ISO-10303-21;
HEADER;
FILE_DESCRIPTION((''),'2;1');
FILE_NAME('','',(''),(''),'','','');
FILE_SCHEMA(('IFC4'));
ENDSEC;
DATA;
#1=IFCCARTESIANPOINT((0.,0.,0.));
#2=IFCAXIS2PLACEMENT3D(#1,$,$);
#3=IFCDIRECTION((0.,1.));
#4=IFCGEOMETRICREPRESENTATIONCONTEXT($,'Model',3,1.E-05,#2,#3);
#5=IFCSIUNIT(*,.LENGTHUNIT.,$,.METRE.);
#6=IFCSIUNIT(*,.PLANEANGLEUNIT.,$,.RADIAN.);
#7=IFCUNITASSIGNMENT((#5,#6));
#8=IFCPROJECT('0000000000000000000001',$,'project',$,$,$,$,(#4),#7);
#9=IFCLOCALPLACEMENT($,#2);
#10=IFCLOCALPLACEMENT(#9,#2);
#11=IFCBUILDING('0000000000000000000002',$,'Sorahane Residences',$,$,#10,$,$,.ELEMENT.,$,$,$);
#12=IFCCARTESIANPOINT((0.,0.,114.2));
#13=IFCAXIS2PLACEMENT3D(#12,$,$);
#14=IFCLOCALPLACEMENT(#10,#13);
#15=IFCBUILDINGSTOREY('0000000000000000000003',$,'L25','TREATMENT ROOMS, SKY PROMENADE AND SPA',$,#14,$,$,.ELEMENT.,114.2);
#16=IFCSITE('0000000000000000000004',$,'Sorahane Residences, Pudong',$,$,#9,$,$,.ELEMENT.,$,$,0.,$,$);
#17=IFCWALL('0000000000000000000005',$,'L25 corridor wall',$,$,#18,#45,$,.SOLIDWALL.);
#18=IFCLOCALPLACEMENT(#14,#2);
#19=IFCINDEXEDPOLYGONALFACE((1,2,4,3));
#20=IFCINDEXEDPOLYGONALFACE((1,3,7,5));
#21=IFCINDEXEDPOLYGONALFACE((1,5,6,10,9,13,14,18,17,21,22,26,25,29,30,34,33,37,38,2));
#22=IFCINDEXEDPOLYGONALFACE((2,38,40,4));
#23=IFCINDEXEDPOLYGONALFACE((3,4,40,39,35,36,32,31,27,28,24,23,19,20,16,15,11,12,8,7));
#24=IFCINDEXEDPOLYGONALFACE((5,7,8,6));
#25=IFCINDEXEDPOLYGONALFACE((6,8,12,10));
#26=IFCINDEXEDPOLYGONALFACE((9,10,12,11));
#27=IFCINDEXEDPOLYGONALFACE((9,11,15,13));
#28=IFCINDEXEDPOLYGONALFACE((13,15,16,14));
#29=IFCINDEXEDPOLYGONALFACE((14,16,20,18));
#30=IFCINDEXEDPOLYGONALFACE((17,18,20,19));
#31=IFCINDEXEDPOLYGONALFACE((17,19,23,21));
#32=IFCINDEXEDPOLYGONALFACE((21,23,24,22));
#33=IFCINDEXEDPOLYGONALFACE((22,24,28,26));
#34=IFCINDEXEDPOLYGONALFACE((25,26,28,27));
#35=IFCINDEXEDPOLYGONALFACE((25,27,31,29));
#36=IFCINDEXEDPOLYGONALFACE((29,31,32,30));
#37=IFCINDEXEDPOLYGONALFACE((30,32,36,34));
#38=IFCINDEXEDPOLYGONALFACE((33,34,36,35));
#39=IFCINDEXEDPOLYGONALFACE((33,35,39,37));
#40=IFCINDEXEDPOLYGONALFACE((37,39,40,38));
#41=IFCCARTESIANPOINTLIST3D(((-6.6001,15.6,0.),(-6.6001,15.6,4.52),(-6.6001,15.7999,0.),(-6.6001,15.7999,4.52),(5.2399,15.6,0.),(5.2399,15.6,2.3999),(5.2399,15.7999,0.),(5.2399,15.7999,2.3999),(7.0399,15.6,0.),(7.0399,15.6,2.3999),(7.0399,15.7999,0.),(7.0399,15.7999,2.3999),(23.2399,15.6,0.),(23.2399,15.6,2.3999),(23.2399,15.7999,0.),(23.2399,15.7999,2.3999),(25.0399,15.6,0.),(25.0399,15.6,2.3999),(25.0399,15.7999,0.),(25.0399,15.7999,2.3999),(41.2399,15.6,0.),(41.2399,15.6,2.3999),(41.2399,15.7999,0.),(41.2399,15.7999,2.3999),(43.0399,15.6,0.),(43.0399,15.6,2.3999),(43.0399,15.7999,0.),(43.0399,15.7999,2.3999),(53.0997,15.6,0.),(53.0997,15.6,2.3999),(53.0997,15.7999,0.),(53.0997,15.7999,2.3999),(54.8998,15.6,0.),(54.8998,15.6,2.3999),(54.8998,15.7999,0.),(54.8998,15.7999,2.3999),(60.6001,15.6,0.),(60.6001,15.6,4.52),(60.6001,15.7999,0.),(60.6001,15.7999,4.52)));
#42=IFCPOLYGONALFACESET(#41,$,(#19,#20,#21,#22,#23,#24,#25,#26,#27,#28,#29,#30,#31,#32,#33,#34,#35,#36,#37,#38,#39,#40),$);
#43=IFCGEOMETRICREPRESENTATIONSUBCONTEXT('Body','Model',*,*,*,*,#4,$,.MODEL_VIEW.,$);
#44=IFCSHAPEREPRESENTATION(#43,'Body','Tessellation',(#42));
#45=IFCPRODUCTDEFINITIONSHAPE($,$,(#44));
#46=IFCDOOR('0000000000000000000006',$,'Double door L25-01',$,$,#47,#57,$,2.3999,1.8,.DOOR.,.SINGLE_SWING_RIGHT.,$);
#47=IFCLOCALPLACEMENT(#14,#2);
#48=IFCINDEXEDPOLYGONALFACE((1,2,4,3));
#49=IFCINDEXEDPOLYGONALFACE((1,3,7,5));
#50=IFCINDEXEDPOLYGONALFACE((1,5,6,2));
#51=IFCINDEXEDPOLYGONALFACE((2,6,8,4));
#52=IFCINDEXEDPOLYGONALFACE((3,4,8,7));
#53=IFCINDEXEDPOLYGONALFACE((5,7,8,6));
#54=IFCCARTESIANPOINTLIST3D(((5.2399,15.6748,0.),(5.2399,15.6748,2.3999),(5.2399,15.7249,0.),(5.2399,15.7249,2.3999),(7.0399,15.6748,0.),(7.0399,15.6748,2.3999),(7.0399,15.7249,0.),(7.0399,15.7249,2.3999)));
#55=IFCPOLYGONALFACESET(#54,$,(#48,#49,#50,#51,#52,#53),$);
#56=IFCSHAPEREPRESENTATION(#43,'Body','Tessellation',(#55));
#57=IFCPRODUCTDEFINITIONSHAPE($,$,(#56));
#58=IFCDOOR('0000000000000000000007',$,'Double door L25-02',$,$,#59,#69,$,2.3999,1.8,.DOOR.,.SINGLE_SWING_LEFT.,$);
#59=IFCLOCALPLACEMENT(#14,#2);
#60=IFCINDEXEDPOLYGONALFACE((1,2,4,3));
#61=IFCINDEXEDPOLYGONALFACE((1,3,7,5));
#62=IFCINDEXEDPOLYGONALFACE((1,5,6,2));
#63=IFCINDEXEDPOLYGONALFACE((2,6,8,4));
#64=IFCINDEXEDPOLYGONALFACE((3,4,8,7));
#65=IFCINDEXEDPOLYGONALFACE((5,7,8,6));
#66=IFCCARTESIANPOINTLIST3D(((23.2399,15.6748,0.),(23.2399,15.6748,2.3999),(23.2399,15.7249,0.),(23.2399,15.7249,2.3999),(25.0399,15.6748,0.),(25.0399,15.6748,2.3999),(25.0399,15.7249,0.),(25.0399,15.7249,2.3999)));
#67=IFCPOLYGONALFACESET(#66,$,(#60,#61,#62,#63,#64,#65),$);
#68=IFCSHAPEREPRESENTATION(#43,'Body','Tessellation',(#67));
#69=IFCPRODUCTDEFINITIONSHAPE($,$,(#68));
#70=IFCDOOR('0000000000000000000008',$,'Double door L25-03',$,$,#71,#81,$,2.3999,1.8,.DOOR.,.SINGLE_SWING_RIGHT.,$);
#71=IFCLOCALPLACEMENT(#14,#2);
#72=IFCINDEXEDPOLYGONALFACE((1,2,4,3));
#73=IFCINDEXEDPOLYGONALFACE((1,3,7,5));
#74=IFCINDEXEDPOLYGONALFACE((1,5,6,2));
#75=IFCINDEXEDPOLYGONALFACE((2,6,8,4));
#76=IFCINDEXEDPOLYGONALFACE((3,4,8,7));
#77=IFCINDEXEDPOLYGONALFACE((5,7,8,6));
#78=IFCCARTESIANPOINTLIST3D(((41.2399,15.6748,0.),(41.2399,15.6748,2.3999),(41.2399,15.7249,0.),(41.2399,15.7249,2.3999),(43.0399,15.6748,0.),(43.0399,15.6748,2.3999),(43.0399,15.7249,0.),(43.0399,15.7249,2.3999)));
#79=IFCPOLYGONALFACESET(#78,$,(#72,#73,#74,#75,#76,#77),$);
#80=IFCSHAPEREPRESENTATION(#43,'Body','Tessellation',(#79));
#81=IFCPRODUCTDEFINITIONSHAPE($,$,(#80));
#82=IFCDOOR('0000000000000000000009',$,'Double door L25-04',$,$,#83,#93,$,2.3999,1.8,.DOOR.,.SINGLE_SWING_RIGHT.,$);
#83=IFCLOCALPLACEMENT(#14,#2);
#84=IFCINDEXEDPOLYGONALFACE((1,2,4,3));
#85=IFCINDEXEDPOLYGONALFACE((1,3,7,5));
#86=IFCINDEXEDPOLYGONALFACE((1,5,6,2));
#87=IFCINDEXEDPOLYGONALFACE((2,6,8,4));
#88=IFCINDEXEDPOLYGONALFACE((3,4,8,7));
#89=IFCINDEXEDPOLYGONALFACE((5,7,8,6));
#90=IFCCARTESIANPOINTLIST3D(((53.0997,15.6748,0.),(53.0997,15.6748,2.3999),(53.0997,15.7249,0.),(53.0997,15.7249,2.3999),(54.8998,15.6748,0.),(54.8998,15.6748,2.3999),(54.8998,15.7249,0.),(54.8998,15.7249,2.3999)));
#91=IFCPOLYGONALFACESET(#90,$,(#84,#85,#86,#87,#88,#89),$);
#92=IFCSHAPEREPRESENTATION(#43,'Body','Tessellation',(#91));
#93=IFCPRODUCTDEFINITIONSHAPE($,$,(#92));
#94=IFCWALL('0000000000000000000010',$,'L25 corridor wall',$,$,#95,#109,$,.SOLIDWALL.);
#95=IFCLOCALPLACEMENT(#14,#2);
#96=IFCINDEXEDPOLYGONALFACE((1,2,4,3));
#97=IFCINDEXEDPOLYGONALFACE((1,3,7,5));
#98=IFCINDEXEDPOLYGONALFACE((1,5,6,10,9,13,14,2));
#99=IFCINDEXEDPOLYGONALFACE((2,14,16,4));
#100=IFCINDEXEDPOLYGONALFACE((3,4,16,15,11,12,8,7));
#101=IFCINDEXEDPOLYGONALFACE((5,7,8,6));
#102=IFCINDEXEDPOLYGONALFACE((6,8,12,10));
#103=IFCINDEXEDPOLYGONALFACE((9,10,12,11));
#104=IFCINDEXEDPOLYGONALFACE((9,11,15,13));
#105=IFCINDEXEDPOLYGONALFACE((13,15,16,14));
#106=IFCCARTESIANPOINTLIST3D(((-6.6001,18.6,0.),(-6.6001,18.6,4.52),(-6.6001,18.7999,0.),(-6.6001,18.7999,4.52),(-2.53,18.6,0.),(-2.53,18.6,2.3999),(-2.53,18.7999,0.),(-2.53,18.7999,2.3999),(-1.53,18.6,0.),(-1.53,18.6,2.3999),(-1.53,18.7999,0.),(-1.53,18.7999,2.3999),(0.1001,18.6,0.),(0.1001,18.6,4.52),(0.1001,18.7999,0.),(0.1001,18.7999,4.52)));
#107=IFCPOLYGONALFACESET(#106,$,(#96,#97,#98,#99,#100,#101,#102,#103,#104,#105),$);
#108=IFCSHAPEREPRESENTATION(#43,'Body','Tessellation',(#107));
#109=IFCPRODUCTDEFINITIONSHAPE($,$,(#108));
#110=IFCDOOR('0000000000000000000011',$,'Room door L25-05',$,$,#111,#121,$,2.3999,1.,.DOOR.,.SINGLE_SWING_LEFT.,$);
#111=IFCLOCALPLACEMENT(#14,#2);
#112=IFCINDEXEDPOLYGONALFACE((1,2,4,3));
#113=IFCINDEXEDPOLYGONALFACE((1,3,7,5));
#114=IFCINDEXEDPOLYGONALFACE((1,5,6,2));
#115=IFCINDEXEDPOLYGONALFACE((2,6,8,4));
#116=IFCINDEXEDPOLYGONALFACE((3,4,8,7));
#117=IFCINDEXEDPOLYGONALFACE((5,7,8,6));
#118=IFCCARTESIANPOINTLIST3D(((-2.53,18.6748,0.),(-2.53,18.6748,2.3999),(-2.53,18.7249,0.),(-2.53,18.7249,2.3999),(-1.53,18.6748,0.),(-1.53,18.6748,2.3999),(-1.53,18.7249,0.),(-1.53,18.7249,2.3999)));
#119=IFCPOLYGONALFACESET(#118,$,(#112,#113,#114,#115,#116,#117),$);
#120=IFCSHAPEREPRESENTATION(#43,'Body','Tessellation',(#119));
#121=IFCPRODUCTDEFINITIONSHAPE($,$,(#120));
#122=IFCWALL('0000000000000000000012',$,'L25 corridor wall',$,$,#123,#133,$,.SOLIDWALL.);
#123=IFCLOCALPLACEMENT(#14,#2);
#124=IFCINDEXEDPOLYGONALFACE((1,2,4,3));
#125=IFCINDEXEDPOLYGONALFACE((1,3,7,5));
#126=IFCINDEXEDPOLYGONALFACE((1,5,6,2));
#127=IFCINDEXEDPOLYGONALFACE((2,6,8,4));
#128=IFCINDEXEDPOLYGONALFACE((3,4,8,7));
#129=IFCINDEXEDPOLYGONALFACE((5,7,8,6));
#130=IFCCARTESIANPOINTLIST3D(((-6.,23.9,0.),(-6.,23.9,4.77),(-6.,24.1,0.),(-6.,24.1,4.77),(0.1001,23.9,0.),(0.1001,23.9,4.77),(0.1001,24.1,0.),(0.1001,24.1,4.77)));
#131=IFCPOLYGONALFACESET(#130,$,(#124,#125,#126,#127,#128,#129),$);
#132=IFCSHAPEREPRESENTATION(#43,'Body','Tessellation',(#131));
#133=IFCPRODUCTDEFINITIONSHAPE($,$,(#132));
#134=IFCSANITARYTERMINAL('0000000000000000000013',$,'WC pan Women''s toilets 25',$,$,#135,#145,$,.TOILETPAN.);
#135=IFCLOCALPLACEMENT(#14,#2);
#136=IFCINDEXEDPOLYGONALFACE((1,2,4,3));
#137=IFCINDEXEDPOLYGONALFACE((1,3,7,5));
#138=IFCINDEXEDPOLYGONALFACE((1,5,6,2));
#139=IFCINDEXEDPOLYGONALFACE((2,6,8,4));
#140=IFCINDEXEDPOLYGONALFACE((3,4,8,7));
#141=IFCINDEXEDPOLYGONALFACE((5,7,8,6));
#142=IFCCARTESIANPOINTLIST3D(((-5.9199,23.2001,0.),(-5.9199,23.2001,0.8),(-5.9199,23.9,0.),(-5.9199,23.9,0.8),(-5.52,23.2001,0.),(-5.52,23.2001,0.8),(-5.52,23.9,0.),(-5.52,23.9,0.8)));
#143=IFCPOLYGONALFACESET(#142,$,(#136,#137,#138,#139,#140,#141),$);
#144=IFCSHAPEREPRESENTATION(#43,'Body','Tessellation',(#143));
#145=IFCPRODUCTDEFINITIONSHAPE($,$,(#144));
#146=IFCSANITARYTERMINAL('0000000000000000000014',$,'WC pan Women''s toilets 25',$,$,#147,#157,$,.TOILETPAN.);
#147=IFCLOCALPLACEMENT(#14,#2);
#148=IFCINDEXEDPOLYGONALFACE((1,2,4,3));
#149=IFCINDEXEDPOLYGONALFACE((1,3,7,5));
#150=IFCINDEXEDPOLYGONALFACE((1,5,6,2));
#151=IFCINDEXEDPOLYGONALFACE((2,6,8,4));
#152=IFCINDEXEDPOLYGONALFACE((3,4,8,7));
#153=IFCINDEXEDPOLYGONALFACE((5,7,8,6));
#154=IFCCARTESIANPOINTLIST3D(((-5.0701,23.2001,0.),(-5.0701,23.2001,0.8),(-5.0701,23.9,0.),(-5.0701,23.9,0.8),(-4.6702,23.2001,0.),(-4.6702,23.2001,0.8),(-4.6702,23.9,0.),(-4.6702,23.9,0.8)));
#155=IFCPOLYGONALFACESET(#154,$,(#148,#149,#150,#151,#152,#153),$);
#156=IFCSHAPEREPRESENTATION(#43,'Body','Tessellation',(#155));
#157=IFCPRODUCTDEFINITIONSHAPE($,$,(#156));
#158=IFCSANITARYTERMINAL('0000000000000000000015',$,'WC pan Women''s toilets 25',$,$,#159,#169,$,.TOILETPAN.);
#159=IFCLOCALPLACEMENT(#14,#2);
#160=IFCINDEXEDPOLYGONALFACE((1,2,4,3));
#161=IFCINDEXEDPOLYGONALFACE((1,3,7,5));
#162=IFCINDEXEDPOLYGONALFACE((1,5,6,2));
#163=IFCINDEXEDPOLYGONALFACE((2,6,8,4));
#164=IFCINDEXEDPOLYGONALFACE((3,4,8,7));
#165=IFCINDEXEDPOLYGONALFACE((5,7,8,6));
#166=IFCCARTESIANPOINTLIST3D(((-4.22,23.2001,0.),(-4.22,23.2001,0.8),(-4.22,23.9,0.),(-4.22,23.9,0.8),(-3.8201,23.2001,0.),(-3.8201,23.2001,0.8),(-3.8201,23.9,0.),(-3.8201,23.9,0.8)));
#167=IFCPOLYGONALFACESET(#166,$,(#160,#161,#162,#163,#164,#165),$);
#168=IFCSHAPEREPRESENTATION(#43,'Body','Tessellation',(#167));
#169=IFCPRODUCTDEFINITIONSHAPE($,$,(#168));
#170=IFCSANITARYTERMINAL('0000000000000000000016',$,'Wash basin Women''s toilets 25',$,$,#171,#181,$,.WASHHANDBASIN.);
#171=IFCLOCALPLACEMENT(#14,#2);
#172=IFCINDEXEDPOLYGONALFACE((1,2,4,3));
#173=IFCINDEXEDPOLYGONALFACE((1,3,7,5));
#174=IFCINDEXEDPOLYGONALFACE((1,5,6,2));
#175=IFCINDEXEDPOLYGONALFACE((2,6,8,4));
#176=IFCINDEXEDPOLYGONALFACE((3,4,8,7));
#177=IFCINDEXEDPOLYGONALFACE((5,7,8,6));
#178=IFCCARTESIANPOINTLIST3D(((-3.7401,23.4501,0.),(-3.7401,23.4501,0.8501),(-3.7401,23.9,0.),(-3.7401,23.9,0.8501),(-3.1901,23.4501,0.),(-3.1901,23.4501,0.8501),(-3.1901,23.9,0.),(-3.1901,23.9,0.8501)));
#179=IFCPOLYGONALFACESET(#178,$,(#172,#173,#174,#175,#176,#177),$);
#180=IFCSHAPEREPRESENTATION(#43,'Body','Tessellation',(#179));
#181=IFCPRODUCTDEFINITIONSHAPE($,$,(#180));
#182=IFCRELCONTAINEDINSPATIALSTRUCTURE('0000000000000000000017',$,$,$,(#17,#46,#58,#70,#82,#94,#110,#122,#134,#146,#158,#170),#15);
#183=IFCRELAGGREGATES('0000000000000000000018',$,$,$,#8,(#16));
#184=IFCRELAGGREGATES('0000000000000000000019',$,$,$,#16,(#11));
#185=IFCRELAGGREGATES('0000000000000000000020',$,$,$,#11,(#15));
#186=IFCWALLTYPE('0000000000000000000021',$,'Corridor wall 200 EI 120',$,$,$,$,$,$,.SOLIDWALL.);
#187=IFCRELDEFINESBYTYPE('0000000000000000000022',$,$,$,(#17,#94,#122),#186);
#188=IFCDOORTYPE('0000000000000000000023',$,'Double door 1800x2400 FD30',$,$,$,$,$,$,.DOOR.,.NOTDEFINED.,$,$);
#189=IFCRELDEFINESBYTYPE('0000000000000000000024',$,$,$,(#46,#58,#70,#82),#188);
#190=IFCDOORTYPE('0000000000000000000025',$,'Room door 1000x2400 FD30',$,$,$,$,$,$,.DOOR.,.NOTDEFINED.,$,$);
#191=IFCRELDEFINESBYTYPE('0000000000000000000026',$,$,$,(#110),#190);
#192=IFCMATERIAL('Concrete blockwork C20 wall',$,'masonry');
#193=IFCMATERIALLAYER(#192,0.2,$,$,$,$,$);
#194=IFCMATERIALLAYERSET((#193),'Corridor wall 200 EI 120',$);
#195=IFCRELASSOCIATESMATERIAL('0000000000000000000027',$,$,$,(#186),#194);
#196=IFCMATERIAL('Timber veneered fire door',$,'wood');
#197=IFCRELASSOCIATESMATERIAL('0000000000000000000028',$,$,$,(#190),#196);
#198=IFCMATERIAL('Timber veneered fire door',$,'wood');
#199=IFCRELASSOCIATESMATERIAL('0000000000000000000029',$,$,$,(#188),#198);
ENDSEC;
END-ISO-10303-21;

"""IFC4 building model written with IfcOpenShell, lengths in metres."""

from ifc_helpers import new_model, si_unit, direction, frame, frame_2d, origin, origin_2d, place, context, subcontext, project, spatial, rectangle, extrude, material, layer, layer_set, type_object, element, fill, save


model = new_model("IFC4")

# Units and contexts
model_context = context("Model", 3, precision=1e-05, world=origin(), true_north=direction((0.0, 1.0)))
body_context = subcontext(model_context, "Body", "Model", "MODEL_VIEW")
ifc_project = project(units=[si_unit("LENGTHUNIT", "METRE"), si_unit("PLANEANGLEUNIT", "RADIAN")], contexts=[model_context])

# Site, building, storey
site_placement = place(None, origin())
site = spatial("IfcSite", under=ifc_project, at=site_placement, Name="Sorahane Residences, Pudong", CompositionType="ELEMENT", RefElevation=0.0)
building_placement = place(site_placement, origin())
building = spatial("IfcBuilding", under=site, at=building_placement, Name="Sorahane Residences", CompositionType="ELEMENT")
storey_placement = place(building_placement, frame((0.0, 0.0, 114.2)))
storey = spatial("IfcBuildingStorey", under=building, at=storey_placement, Name="L25", Description="TREATMENT ROOMS, SKY PROMENADE AND SPA", CompositionType="ELEMENT", Elevation=114.2)

# Wall, openings, doors
ifc_material_1 = material(Name="Concrete blockwork C20 wall", Category="masonry")
ifc_layer_1 = layer(ifc_material_1, 0.2)
ifc_layer_set_1 = layer_set([ifc_layer_1], Name="Corridor wall 200 EI 120")
wall_type = type_object("IfcWallType", Name="Corridor wall 200 EI 120", PredefinedType="SOLIDWALL", material=ifc_layer_set_1)
ifc_material_2 = material(Name="Timber veneered fire door", Category="wood")
door_type_1 = type_object("IfcDoorType", Name="Room door 1000x2400 FD30", OperationType="NOTDEFINED", PredefinedType="DOOR", material=ifc_material_2)
wall_1_placement = place(storey_placement, frame((-6.6001, 15.7, 0.0), z_axis=(0.0, 0.0, 1.0), x_axis=(1.0, 0.0, 0.0)))
wall_1 = element("IfcWall", 1, at=wall_1_placement, inside=storey, type_object=wall_type, Name="L25 corridor wall", PredefinedType="SOLIDWALL", context=body_context, shape_type="SweptSolid", body=[
    extrude(rectangle(XDim=67.2002, YDim=0.2, at=frame_2d((33.6001, 0.0))), origin(), (0.0, 0.0, 1.0), 4.52),
])
opening_1_placement = place(wall_1_placement, frame((11.8401, 0.0, 0.0)))
opening_1 = element("IfcOpeningElement", 2, at=opening_1_placement, cuts=wall_1, PredefinedType="OPENING", context=body_context, shape_type="SweptSolid", body=[
    extrude(rectangle(XDim=1.8, YDim=2.3999, at=frame_2d((0.8999, 1.2))), frame((0.0, 0.1099, 0.0), z_axis=(0.0, -1.0, 0.0), x_axis=(1.0, 0.0, 0.0)), (0.0, 0.0, 1.0), 0.22),
])
opening_2_placement = place(wall_1_placement, frame((29.8401, 0.0, 0.0)))
opening_2 = element("IfcOpeningElement", 3, at=opening_2_placement, cuts=wall_1, PredefinedType="OPENING", context=body_context, shape_type="SweptSolid", body=[
    extrude(rectangle(XDim=1.8, YDim=2.3999, at=frame_2d((0.8999, 1.2))), frame((0.0, 0.1099, 0.0), z_axis=(0.0, -1.0, 0.0), x_axis=(1.0, 0.0, 0.0)), (0.0, 0.0, 1.0), 0.22),
])
opening_3_placement = place(wall_1_placement, frame((47.8401, 0.0, 0.0)))
opening_3 = element("IfcOpeningElement", 4, at=opening_3_placement, cuts=wall_1, PredefinedType="OPENING", context=body_context, shape_type="SweptSolid", body=[
    extrude(rectangle(XDim=1.8, YDim=2.3999, at=frame_2d((0.8999, 1.2))), frame((0.0, 0.1099, 0.0), z_axis=(0.0, -1.0, 0.0), x_axis=(1.0, 0.0, 0.0)), (0.0, 0.0, 1.0), 0.22),
])
opening_4_placement = place(wall_1_placement, frame((59.7, 0.0, 0.0)))
opening_4 = element("IfcOpeningElement", 5, at=opening_4_placement, cuts=wall_1, PredefinedType="OPENING", context=body_context, shape_type="SweptSolid", body=[
    extrude(rectangle(XDim=1.8, YDim=2.3999, at=frame_2d((0.8999, 1.2))), frame((0.0, 0.1099, 0.0), z_axis=(0.0, -1.0, 0.0), x_axis=(1.0, 0.0, 0.0)), (0.0, 0.0, 1.0), 0.22),
])
ifc_material_3 = material(Name="Timber veneered fire door", Category="wood")
door_type_2 = type_object("IfcDoorType", Name="Double door 1800x2400 FD30", OperationType="NOTDEFINED", PredefinedType="DOOR", material=ifc_material_3)
door_1_placement = place(opening_1_placement, origin())
door_1 = element("IfcDoor", 6, at=door_1_placement, inside=storey, type_object=door_type_2, Name="Double door L25-01", OperationType="SINGLE_SWING_RIGHT", OverallHeight=2.3999, OverallWidth=1.8, PredefinedType="DOOR", context=body_context, shape_type="SweptSolid", body=[
    extrude(rectangle(XDim=1.8, YDim=2.3999, at=frame_2d((0.8999, 1.2))), frame((0.0, 0.0249, 0.0), z_axis=(0.0, -1.0, 0.0), x_axis=(1.0, 0.0, 0.0)), (0.0, 0.0, 1.0), 0.05),
])
fill(opening_1, door_1)
door_2_placement = place(opening_2_placement, origin())
door_2 = element("IfcDoor", 7, at=door_2_placement, inside=storey, type_object=door_type_2, Name="Double door L25-02", OperationType="SINGLE_SWING_LEFT", OverallHeight=2.3999, OverallWidth=1.8, PredefinedType="DOOR", context=body_context, shape_type="SweptSolid", body=[
    extrude(rectangle(XDim=1.8, YDim=2.3999, at=frame_2d((0.8999, 1.2))), frame((0.0, 0.0249, 0.0), z_axis=(0.0, -1.0, 0.0), x_axis=(1.0, 0.0, 0.0)), (0.0, 0.0, 1.0), 0.05),
])
fill(opening_2, door_2)
door_3_placement = place(opening_3_placement, origin())
door_3 = element("IfcDoor", 8, at=door_3_placement, inside=storey, type_object=door_type_2, Name="Double door L25-03", OperationType="SINGLE_SWING_RIGHT", OverallHeight=2.3999, OverallWidth=1.8, PredefinedType="DOOR", context=body_context, shape_type="SweptSolid", body=[
    extrude(rectangle(XDim=1.8, YDim=2.3999, at=frame_2d((0.8999, 1.2))), frame((0.0, 0.0249, 0.0), z_axis=(0.0, -1.0, 0.0), x_axis=(1.0, 0.0, 0.0)), (0.0, 0.0, 1.0), 0.05),
])
fill(opening_3, door_3)
door_4_placement = place(opening_4_placement, origin())
door_4 = element("IfcDoor", 9, at=door_4_placement, inside=storey, type_object=door_type_2, Name="Double door L25-04", OperationType="SINGLE_SWING_RIGHT", OverallHeight=2.3999, OverallWidth=1.8, PredefinedType="DOOR", context=body_context, shape_type="SweptSolid", body=[
    extrude(rectangle(XDim=1.8, YDim=2.3999, at=frame_2d((0.8999, 1.2))), frame((0.0, 0.0249, 0.0), z_axis=(0.0, -1.0, 0.0), x_axis=(1.0, 0.0, 0.0)), (0.0, 0.0, 1.0), 0.05),
])
fill(opening_4, door_4)

# Wall, opening, door
wall_2_placement = place(storey_placement, frame((-6.6001, 18.7, 0.0), z_axis=(0.0, 0.0, 1.0), x_axis=(1.0, 0.0, 0.0)))
wall_2 = element("IfcWall", 10, at=wall_2_placement, inside=storey, type_object=wall_type, Name="L25 corridor wall", PredefinedType="SOLIDWALL", context=body_context, shape_type="SweptSolid", body=[
    extrude(rectangle(XDim=6.7002, YDim=0.2, at=frame_2d((3.3501, 0.0))), origin(), (0.0, 0.0, 1.0), 4.52),
])
opening_5_placement = place(wall_2_placement, frame((4.0701, 0.0, 0.0)))
opening_5 = element("IfcOpeningElement", 11, at=opening_5_placement, cuts=wall_2, PredefinedType="OPENING", context=body_context, shape_type="SweptSolid", body=[
    extrude(rectangle(XDim=1.0, YDim=2.3999, at=frame_2d((0.5, 1.2))), frame((0.0, 0.1099, 0.0), z_axis=(0.0, -1.0, 0.0), x_axis=(1.0, 0.0, 0.0)), (0.0, 0.0, 1.0), 0.22),
])
door_5_placement = place(opening_5_placement, origin())
door_5 = element("IfcDoor", 12, at=door_5_placement, inside=storey, type_object=door_type_1, Name="Room door L25-05", OperationType="SINGLE_SWING_LEFT", OverallHeight=2.3999, OverallWidth=1.0, PredefinedType="DOOR", context=body_context, shape_type="SweptSolid", body=[
    extrude(rectangle(XDim=1.0, YDim=2.3999, at=frame_2d((0.5, 1.2))), frame((0.0, 0.0249, 0.0), z_axis=(0.0, -1.0, 0.0), x_axis=(1.0, 0.0, 0.0)), (0.0, 0.0, 1.0), 0.05),
])
fill(opening_5, door_5)

# Wall
wall_3_placement = place(storey_placement, frame((-6.0, 24.0, 0.0), z_axis=(0.0, 0.0, 1.0), x_axis=(1.0, 0.0, 0.0)))
element("IfcWall", 13, at=wall_3_placement, inside=storey, type_object=wall_type, Name="L25 corridor wall", PredefinedType="SOLIDWALL", context=body_context, shape_type="SweptSolid", body=[
    extrude(rectangle(XDim=6.1001, YDim=0.2, at=frame_2d((3.05, 0.0))), origin(), (0.0, 0.0, 1.0), 4.77),
])

# Sanitary terminals
for number, where, z_axis, x_axis, name in (
    (14, (-5.72, 23.55, 0.0), (0.0, 0.0, 1.0), (1.0, 0.0, 0.0), "WC pan Women's toilets 25"),
    (15, (-4.8701, 23.55, 0.0), (0.0, 0.0, 1.0), (1.0, 0.0, 0.0), "WC pan Women's toilets 25"),
    (16, (-4.02, 23.55, 0.0), (0.0, 0.0, 1.0), (1.0, 0.0, 0.0), "WC pan Women's toilets 25"),
):
    element("IfcSanitaryTerminal", number, at=place(storey_placement, frame(where, z_axis=z_axis, x_axis=x_axis)), inside=storey, Name=name, PredefinedType="TOILETPAN", context=body_context, shape_type="SweptSolid", body=[
        extrude(rectangle(XDim=0.3999, YDim=0.7, at=origin_2d()), origin(), (0.0, 0.0, 1.0), 0.8),
    ])
for number, where, z_axis, x_axis, name in (
    (17, (-3.4651, 23.675, 0.0), (0.0, 0.0, 1.0), (1.0, 0.0, 0.0), "Wash basin Women's toilets 25"),
):
    element("IfcSanitaryTerminal", number, at=place(storey_placement, frame(where, z_axis=z_axis, x_axis=x_axis)), inside=storey, Name=name, PredefinedType="WASHHANDBASIN", context=body_context, shape_type="SweptSolid", body=[
        extrude(rectangle(XDim=0.55, YDim=0.45, at=origin_2d()), origin(), (0.0, 0.0, 1.0), 0.8501),
    ])

save(model, "model.ifc")
